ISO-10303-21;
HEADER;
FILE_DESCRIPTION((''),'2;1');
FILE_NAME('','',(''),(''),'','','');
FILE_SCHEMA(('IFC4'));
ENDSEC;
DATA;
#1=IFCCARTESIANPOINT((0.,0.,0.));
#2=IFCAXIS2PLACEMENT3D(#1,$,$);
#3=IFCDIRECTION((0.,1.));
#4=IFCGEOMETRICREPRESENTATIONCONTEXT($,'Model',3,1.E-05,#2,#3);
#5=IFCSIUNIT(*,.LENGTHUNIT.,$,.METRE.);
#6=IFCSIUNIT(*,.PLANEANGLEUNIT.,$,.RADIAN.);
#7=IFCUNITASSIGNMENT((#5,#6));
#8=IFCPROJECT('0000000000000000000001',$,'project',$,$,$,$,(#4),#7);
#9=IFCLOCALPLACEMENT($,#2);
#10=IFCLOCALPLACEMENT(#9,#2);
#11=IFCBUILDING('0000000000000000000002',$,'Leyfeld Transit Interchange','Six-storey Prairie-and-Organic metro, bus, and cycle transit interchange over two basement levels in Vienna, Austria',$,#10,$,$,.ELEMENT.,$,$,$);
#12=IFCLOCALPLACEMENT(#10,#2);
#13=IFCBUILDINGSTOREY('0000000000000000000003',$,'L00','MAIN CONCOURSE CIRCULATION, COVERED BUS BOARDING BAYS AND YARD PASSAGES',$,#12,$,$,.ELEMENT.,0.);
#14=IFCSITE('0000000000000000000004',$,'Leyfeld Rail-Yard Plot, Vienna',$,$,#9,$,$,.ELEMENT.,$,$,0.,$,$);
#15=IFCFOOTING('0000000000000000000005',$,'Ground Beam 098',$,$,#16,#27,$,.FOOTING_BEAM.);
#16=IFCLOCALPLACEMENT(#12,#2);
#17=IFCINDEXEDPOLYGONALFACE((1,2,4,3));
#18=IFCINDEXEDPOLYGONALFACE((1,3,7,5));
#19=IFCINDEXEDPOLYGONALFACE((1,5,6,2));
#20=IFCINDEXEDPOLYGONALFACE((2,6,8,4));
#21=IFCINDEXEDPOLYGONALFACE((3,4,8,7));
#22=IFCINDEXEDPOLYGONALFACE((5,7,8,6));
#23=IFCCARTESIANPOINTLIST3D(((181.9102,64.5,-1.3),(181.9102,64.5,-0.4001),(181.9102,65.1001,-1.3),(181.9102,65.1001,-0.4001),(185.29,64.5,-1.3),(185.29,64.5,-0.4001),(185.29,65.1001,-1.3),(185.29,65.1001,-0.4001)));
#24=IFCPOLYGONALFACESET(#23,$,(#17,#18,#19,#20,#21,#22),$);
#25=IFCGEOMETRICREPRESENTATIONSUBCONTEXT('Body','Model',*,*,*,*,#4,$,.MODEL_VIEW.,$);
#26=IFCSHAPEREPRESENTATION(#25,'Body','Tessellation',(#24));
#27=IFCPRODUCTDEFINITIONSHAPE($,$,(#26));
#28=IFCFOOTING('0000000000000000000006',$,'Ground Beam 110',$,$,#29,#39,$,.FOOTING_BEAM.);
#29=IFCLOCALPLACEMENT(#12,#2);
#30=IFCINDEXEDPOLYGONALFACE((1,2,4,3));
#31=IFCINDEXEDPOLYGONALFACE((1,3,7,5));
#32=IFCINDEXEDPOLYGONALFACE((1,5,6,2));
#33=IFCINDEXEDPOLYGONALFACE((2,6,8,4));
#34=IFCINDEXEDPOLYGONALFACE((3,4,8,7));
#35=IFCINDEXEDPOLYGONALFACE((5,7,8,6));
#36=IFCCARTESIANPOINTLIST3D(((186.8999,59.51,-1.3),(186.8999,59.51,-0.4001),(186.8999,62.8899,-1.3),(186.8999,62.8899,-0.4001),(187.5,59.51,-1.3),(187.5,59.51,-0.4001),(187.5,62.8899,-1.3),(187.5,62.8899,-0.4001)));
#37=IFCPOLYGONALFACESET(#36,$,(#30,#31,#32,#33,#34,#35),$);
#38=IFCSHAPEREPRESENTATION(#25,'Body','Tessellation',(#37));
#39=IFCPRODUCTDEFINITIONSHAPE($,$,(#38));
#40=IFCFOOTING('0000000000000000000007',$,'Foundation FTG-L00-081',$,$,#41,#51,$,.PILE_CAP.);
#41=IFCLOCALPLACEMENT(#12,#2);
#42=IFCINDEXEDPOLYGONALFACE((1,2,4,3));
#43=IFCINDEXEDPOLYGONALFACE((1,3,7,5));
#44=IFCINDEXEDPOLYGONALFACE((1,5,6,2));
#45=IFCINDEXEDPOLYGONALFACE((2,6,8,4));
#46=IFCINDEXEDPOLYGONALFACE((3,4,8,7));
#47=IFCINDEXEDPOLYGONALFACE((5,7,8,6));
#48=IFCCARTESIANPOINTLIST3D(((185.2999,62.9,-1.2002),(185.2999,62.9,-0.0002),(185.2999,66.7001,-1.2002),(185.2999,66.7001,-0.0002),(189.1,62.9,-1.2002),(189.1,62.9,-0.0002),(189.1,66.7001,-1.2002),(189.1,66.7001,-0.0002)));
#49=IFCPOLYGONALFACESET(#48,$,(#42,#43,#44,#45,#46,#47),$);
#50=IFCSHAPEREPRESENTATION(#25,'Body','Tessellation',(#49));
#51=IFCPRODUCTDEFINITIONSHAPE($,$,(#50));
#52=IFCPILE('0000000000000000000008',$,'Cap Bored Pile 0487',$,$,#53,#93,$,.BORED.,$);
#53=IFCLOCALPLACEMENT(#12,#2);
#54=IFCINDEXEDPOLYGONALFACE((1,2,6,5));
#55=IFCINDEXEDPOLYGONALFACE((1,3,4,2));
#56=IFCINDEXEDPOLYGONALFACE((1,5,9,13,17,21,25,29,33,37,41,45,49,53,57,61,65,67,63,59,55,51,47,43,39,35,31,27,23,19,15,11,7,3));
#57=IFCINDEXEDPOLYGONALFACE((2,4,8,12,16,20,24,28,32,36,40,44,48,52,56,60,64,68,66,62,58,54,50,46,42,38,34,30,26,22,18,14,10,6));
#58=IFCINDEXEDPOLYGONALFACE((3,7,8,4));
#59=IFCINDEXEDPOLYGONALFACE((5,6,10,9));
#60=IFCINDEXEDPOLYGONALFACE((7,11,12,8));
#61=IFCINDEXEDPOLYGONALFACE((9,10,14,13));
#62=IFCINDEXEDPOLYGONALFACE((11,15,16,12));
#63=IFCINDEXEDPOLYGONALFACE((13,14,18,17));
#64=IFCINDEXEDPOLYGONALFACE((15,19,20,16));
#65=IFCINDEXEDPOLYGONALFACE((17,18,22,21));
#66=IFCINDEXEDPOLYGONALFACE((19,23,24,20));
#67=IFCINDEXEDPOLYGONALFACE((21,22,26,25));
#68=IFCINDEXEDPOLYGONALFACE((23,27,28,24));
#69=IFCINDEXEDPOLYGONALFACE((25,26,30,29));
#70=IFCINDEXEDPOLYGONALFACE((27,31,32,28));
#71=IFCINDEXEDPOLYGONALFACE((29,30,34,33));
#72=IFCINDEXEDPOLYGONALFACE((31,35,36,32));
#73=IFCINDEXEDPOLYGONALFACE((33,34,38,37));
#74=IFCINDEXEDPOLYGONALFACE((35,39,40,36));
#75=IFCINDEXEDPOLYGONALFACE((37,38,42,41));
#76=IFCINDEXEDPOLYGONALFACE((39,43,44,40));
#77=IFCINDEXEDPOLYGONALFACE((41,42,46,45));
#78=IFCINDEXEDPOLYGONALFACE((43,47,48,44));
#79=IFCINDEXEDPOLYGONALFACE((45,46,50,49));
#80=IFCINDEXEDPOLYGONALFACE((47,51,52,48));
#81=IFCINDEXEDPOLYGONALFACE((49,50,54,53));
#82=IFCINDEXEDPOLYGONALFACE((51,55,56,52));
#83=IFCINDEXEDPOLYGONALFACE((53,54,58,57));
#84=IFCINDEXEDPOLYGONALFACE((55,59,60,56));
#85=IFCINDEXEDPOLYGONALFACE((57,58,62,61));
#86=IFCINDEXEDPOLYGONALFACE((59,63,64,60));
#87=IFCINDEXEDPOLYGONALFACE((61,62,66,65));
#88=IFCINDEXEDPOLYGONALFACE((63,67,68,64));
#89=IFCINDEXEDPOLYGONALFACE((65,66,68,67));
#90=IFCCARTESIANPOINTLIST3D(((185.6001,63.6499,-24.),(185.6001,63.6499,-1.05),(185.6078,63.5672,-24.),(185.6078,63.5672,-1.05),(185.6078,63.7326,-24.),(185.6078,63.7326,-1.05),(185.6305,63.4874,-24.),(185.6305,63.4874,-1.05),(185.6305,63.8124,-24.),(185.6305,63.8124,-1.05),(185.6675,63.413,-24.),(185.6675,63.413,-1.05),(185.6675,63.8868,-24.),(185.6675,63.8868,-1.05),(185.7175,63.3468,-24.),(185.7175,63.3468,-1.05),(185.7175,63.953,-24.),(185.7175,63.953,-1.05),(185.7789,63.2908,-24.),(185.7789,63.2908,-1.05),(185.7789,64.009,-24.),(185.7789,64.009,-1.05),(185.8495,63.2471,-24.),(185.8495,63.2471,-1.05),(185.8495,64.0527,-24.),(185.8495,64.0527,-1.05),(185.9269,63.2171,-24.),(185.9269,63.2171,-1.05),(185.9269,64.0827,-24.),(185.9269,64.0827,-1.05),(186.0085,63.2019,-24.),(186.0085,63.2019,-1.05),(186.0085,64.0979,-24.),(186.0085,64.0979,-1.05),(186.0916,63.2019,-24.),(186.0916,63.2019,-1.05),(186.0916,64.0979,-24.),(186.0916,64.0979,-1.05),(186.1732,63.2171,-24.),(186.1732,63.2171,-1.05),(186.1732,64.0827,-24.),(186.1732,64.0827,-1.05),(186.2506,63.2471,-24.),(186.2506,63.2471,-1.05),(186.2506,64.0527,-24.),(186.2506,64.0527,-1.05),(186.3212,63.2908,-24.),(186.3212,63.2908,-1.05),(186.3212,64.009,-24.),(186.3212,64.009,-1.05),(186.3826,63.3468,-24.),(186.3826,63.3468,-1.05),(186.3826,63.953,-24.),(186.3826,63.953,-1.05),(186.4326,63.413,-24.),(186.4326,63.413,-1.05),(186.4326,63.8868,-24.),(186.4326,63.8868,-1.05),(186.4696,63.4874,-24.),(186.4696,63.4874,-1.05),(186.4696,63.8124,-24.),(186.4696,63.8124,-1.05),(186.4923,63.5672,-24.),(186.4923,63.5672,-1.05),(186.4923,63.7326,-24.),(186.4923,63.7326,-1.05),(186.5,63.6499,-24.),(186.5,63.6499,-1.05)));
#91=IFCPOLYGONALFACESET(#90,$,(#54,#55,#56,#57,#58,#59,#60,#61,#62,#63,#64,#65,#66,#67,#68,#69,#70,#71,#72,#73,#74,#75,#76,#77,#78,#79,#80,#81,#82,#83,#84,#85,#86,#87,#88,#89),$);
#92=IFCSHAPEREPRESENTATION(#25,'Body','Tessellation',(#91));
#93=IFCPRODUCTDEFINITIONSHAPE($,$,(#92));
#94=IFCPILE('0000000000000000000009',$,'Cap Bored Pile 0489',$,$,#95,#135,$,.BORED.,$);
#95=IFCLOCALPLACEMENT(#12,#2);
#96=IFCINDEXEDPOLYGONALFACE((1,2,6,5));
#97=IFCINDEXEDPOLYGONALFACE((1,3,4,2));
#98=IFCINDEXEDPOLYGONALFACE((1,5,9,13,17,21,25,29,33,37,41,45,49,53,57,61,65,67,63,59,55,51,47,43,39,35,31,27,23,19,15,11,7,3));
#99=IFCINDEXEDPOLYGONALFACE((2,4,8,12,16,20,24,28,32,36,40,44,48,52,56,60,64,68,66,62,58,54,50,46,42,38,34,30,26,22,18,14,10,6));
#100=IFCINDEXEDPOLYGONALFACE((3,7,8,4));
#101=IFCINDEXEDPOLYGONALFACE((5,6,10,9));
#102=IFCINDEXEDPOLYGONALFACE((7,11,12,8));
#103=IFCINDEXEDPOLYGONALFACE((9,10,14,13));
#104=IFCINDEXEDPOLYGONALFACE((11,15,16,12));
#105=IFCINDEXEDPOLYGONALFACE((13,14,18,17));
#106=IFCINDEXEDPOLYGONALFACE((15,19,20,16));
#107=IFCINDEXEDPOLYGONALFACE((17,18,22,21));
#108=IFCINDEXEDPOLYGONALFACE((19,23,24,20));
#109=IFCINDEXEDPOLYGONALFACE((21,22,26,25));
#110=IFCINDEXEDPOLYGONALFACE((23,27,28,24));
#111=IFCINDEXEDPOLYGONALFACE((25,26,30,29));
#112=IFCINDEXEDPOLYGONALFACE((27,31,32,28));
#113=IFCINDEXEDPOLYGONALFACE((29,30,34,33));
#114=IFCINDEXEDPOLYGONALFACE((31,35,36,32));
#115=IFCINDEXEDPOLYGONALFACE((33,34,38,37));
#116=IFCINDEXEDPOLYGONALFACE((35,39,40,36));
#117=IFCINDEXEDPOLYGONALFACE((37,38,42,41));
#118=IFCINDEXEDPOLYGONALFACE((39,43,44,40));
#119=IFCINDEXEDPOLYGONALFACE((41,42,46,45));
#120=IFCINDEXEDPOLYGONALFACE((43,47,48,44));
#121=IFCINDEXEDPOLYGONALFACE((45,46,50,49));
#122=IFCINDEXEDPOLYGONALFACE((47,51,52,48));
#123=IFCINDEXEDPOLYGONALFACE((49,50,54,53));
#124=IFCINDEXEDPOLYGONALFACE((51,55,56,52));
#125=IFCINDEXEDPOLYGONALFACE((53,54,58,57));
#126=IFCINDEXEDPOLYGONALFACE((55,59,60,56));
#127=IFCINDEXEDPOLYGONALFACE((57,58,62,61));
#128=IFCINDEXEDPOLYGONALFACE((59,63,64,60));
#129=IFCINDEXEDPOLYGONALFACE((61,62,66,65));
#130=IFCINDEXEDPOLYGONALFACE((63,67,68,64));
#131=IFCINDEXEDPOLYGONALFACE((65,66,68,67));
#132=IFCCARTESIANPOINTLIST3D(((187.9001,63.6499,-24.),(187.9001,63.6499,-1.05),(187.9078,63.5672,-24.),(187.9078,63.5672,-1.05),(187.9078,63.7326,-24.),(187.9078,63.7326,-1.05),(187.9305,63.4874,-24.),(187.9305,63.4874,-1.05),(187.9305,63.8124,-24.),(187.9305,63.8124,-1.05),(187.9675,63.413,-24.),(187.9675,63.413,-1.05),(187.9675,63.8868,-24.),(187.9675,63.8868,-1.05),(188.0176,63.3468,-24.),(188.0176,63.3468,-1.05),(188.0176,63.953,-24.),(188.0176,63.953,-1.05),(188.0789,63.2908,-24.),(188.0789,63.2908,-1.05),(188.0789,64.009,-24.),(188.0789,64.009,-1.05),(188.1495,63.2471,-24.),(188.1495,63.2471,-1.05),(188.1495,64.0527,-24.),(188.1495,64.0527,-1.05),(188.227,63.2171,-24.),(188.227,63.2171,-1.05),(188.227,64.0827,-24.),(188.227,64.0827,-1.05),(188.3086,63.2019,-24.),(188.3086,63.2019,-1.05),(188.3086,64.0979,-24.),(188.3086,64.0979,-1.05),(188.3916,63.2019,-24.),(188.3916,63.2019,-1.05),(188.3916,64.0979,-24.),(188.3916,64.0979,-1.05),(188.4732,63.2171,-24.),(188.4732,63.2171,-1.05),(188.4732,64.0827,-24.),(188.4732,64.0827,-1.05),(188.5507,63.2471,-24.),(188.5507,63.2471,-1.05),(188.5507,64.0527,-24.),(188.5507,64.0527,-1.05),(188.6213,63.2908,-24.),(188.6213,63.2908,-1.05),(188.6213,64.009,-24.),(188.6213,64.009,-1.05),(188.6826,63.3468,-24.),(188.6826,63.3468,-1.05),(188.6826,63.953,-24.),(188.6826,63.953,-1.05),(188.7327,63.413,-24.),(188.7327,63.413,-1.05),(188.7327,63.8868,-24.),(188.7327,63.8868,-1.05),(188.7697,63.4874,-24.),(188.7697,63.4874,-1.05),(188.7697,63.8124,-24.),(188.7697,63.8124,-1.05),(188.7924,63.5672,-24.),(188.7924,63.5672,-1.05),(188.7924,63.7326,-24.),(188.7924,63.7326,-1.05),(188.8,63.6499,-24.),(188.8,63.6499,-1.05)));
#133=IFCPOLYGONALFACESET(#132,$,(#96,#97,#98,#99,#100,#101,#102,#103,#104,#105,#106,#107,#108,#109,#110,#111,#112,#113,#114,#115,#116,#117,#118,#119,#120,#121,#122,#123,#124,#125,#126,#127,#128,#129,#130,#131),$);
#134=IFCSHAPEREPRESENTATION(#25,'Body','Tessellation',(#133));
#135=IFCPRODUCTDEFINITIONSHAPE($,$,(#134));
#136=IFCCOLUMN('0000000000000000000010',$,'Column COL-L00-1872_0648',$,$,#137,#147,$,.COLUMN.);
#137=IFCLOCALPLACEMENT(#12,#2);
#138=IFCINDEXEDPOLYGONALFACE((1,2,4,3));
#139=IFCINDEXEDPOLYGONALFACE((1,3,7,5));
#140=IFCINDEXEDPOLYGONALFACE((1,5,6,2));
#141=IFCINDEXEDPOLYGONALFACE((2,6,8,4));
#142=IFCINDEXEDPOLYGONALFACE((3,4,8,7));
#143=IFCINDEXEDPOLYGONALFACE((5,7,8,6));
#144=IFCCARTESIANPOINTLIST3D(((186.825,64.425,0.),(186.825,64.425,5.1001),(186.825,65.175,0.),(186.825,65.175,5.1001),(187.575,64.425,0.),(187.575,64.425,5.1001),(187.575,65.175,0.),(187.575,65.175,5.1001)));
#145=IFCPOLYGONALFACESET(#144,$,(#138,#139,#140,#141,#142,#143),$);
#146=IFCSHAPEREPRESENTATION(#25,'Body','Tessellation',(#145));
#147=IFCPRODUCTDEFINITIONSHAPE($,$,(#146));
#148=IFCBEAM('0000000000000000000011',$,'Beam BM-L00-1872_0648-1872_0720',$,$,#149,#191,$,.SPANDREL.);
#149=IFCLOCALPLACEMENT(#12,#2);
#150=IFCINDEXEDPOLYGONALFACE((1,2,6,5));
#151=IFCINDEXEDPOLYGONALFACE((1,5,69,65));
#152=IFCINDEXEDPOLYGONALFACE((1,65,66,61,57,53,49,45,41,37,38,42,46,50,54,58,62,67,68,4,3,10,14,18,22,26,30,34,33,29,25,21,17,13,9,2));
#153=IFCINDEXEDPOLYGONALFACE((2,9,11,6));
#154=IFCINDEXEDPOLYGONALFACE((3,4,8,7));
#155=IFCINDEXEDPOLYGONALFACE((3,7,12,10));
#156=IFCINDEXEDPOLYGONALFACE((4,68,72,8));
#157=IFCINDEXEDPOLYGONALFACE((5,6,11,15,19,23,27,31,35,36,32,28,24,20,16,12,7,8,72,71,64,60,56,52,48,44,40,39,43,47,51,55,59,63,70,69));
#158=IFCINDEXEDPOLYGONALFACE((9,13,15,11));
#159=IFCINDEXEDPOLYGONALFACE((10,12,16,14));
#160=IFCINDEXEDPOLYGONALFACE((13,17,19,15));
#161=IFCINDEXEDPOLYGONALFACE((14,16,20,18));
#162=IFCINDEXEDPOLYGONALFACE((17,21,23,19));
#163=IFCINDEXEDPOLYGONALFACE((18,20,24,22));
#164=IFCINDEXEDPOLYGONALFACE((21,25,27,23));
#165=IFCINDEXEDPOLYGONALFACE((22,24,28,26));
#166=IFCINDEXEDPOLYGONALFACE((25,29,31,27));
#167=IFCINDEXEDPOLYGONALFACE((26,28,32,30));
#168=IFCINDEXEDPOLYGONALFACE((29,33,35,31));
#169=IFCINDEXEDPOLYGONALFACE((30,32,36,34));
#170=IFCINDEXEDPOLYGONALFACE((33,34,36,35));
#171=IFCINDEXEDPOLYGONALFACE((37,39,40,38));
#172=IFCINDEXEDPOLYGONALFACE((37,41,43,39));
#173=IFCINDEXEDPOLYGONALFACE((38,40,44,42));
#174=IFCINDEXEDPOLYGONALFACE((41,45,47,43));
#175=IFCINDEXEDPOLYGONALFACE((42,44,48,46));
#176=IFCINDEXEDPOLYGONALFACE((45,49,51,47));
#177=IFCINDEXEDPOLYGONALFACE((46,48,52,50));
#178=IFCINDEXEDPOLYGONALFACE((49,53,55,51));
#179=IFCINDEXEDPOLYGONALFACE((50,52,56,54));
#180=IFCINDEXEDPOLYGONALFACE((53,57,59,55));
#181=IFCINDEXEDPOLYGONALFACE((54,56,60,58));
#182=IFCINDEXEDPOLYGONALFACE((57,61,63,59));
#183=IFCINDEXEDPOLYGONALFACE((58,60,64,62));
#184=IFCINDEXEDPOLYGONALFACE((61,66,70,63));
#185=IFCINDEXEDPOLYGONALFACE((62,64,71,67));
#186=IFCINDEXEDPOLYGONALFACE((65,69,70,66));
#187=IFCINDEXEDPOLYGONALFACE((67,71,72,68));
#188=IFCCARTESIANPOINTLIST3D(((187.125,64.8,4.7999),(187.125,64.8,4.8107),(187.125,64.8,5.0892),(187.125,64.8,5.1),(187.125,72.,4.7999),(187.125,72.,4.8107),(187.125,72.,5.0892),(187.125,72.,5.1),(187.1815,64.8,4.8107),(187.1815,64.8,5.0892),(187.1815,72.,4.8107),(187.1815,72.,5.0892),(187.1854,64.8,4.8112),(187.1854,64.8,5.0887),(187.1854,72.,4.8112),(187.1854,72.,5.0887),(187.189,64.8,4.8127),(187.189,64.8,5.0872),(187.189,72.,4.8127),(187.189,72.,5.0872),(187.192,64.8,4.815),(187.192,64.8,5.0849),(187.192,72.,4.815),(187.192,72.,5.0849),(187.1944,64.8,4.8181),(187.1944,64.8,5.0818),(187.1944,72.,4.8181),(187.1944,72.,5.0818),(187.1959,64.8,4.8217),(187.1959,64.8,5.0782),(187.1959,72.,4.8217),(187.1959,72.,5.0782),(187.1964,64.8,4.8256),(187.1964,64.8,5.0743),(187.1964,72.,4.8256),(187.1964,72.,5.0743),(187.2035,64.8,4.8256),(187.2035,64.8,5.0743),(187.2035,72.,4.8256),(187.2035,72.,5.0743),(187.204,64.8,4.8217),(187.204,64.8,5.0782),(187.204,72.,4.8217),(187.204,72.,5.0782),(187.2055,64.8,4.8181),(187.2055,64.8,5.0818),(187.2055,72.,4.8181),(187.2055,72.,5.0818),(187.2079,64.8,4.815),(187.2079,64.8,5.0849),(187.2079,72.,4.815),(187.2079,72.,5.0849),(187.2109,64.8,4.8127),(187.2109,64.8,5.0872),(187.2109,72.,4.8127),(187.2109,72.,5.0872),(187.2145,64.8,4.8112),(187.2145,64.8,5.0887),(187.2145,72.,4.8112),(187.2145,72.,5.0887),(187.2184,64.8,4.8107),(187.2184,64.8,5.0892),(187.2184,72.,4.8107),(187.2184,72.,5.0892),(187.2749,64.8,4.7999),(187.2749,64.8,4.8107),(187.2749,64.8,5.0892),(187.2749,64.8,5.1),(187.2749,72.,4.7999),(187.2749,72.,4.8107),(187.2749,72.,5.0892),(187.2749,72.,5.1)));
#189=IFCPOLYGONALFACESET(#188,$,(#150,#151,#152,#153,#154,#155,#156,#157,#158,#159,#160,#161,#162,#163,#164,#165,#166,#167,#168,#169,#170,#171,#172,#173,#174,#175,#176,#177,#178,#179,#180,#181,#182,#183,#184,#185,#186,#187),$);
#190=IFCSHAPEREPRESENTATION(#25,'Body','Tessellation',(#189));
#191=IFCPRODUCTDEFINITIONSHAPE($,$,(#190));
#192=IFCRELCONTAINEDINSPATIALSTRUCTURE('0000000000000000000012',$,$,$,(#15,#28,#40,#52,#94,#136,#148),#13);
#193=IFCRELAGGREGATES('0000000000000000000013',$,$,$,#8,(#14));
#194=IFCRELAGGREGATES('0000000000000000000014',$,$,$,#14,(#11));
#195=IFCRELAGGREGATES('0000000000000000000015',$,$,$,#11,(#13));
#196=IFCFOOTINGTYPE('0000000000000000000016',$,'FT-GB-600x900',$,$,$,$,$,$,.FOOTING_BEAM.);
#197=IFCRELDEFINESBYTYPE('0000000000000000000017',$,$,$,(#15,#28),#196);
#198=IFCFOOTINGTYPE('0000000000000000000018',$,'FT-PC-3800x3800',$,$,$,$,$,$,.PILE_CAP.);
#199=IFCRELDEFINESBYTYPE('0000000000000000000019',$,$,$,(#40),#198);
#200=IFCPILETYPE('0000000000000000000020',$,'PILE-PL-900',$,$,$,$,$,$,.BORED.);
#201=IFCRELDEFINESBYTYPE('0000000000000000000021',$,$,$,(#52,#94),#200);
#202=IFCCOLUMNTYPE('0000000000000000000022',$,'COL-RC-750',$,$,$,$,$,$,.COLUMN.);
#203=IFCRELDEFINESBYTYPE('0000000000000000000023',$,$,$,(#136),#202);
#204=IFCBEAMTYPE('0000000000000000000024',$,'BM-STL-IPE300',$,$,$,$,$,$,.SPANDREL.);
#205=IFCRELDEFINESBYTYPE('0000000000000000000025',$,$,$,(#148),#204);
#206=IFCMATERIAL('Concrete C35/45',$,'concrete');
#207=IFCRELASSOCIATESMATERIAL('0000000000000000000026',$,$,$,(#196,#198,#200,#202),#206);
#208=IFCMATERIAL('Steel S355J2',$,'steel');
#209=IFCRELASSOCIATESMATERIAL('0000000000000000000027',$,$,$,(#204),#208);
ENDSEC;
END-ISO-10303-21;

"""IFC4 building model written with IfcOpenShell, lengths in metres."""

from ifc_helpers import new_model, si_unit, direction, frame, origin, origin_2d, place, context, subcontext, project, spatial, rectangle, circle, i_section, extrude, material, material_profile, profile_set, type_object, element, save


model = new_model("IFC4")

# Units and contexts
model_context = context("Model", 3, precision=1e-05, world=origin(), true_north=direction((0.0, 1.0)))
body_context = subcontext(model_context, "Body", "Model", "MODEL_VIEW")
ifc_project = project(units=[si_unit("LENGTHUNIT", "METRE"), si_unit("PLANEANGLEUNIT", "RADIAN")], contexts=[model_context])

# Site, building, storey
site_placement = place(None, origin())
site = spatial("IfcSite", under=ifc_project, at=site_placement, Name="Leyfeld Rail-Yard Plot, Vienna", CompositionType="ELEMENT", RefElevation=0.0)
building_placement = place(site_placement, origin())
building = spatial("IfcBuilding", under=site, at=building_placement, Name="Leyfeld Transit Interchange", Description="Six-storey Prairie-and-Organic metro, bus, and cycle transit interchange over two basement levels in Vienna, Austria", CompositionType="ELEMENT")
storey_placement = place(building_placement, origin())
storey = spatial("IfcBuildingStorey", under=building, at=storey_placement, Name="L00", Description="MAIN CONCOURSE CIRCULATION, COVERED BUS BOARDING BAYS AND YARD PASSAGES", CompositionType="ELEMENT", Elevation=0.0)

# Footings
ifc_material_1 = material(Name="Concrete C35/45", Category="concrete")
footing_type_1 = type_object("IfcFootingType", Name="FT-GB-600x900", PredefinedType="FOOTING_BEAM", material=ifc_material_1)
footing_1_placement = place(storey_placement, frame((183.6001, 64.8, -1.3), z_axis=(0.0, 0.0, 1.0), x_axis=(1.0, 0.0, 0.0)))
element("IfcFooting", 1, at=footing_1_placement, inside=storey, type_object=footing_type_1, Name="Ground Beam 098", PredefinedType="FOOTING_BEAM", context=body_context, shape_type="SweptSolid", body=[
    extrude(rectangle(XDim=3.3799, YDim=0.6001, at=origin_2d()), origin(), (0.0, 0.0, 1.0), 0.8999),
])
footing_2_placement = place(storey_placement, frame((187.2, 61.2, -1.3), z_axis=(0.0, 0.0, 1.0), x_axis=(1.0, 0.0, 0.0)))
element("IfcFooting", 2, at=footing_2_placement, inside=storey, type_object=footing_type_1, Name="Ground Beam 110", PredefinedType="FOOTING_BEAM", context=body_context, shape_type="SweptSolid", body=[
    extrude(rectangle(XDim=0.6001, YDim=3.3799, at=origin_2d()), origin(), (0.0, 0.0, 1.0), 0.8999),
])
footing_type_2 = type_object("IfcFootingType", Name="FT-PC-3800x3800", PredefinedType="PILE_CAP", material=ifc_material_1)
footing_3_placement = place(storey_placement, frame((187.2, 64.8, -1.2002), z_axis=(0.0, 0.0, 1.0), x_axis=(1.0, 0.0, 0.0)))
element("IfcFooting", 3, at=footing_3_placement, inside=storey, type_object=footing_type_2, Name="Foundation FTG-L00-081", PredefinedType="PILE_CAP", context=body_context, shape_type="SweptSolid", body=[
    extrude(rectangle(XDim=3.8, YDim=3.8, at=origin_2d()), origin(), (0.0, 0.0, 1.0), 1.2),
])

# Piles
ifc_material_profile_1 = material_profile(ifc_material_1, circle(Radius=0.45, at=origin_2d()), Name="PILE D900")
ifc_profile_set_1 = profile_set([ifc_material_profile_1], Name="Concrete C35/45")
pile_type = type_object("IfcPileType", Name="PILE-PL-900", PredefinedType="BORED", material=ifc_profile_set_1)
for number, where, z_axis, x_axis, name in (
    (4, (186.05, 63.6499, -1.05), (0.0, 0.0, -1.0), (1.0, 0.0, 0.0), "Cap Bored Pile 0487"),
    (5, (188.3501, 63.6499, -1.05), (0.0, 0.0, -1.0), (1.0, 0.0, 0.0), "Cap Bored Pile 0489"),
):
    element("IfcPile", number, at=place(storey_placement, frame(where, z_axis=z_axis, x_axis=x_axis)), inside=storey, type_object=pile_type, Name=name, PredefinedType="BORED", context=body_context, shape_type="SweptSolid", body=[
        extrude(circle(Radius=0.45, at=origin_2d()), origin(), (0.0, 0.0, 1.0), 22.95),
    ])

# Column
ifc_material_profile_2 = material_profile(ifc_material_1, rectangle(XDim=0.75, YDim=0.75, at=origin_2d()), Name="RC 750x750")
ifc_profile_set_2 = profile_set([ifc_material_profile_2], Name="Concrete C35/45")
column_type = type_object("IfcColumnType", Name="COL-RC-750", PredefinedType="COLUMN", material=ifc_profile_set_2)
column_placement = place(storey_placement, frame((187.2, 64.8, 0.0), z_axis=(0.0, 0.0, 1.0), x_axis=(1.0, 0.0, 0.0)))
element("IfcColumn", 6, at=column_placement, inside=storey, type_object=column_type, Name="Column COL-L00-1872_0648", PredefinedType="COLUMN", context=body_context, shape_type="SweptSolid", body=[
    extrude(rectangle(XDim=0.75, YDim=0.75, at=origin_2d()), origin(), (0.0, 0.0, 1.0), 5.1001),
])

# Beam
ifc_material_2 = material(Name="Steel S355J2", Category="steel")
ifc_material_profile_3 = material_profile(ifc_material_2, i_section(OverallWidth=0.1499, OverallDepth=0.3, WebThickness=0.0071, FlangeThickness=0.0107, FilletRadius=0.0149, at=origin_2d()), Name="IPE 300")
ifc_profile_set_3 = profile_set([ifc_material_profile_3], Name="Steel S355J2")
beam_type = type_object("IfcBeamType", Name="BM-STL-IPE300", PredefinedType="SPANDREL", material=ifc_profile_set_3)
beam_placement = place(storey_placement, frame((187.2, 64.8, 4.95), z_axis=(0.0, 1.0, 0.0), x_axis=(-1.0, 0.0, 0.0)))
element("IfcBeam", 7, at=beam_placement, inside=storey, type_object=beam_type, Name="Beam BM-L00-1872_0648-1872_0720", PredefinedType="SPANDREL", context=body_context, shape_type="SweptSolid", body=[
    extrude(i_section(OverallWidth=0.1499, OverallDepth=0.3, WebThickness=0.0071, FlangeThickness=0.0107, FilletRadius=0.0149, at=origin_2d()), origin(), (0.0, 0.0, 1.0), 7.2),
])

save(model, "model.ifc")
